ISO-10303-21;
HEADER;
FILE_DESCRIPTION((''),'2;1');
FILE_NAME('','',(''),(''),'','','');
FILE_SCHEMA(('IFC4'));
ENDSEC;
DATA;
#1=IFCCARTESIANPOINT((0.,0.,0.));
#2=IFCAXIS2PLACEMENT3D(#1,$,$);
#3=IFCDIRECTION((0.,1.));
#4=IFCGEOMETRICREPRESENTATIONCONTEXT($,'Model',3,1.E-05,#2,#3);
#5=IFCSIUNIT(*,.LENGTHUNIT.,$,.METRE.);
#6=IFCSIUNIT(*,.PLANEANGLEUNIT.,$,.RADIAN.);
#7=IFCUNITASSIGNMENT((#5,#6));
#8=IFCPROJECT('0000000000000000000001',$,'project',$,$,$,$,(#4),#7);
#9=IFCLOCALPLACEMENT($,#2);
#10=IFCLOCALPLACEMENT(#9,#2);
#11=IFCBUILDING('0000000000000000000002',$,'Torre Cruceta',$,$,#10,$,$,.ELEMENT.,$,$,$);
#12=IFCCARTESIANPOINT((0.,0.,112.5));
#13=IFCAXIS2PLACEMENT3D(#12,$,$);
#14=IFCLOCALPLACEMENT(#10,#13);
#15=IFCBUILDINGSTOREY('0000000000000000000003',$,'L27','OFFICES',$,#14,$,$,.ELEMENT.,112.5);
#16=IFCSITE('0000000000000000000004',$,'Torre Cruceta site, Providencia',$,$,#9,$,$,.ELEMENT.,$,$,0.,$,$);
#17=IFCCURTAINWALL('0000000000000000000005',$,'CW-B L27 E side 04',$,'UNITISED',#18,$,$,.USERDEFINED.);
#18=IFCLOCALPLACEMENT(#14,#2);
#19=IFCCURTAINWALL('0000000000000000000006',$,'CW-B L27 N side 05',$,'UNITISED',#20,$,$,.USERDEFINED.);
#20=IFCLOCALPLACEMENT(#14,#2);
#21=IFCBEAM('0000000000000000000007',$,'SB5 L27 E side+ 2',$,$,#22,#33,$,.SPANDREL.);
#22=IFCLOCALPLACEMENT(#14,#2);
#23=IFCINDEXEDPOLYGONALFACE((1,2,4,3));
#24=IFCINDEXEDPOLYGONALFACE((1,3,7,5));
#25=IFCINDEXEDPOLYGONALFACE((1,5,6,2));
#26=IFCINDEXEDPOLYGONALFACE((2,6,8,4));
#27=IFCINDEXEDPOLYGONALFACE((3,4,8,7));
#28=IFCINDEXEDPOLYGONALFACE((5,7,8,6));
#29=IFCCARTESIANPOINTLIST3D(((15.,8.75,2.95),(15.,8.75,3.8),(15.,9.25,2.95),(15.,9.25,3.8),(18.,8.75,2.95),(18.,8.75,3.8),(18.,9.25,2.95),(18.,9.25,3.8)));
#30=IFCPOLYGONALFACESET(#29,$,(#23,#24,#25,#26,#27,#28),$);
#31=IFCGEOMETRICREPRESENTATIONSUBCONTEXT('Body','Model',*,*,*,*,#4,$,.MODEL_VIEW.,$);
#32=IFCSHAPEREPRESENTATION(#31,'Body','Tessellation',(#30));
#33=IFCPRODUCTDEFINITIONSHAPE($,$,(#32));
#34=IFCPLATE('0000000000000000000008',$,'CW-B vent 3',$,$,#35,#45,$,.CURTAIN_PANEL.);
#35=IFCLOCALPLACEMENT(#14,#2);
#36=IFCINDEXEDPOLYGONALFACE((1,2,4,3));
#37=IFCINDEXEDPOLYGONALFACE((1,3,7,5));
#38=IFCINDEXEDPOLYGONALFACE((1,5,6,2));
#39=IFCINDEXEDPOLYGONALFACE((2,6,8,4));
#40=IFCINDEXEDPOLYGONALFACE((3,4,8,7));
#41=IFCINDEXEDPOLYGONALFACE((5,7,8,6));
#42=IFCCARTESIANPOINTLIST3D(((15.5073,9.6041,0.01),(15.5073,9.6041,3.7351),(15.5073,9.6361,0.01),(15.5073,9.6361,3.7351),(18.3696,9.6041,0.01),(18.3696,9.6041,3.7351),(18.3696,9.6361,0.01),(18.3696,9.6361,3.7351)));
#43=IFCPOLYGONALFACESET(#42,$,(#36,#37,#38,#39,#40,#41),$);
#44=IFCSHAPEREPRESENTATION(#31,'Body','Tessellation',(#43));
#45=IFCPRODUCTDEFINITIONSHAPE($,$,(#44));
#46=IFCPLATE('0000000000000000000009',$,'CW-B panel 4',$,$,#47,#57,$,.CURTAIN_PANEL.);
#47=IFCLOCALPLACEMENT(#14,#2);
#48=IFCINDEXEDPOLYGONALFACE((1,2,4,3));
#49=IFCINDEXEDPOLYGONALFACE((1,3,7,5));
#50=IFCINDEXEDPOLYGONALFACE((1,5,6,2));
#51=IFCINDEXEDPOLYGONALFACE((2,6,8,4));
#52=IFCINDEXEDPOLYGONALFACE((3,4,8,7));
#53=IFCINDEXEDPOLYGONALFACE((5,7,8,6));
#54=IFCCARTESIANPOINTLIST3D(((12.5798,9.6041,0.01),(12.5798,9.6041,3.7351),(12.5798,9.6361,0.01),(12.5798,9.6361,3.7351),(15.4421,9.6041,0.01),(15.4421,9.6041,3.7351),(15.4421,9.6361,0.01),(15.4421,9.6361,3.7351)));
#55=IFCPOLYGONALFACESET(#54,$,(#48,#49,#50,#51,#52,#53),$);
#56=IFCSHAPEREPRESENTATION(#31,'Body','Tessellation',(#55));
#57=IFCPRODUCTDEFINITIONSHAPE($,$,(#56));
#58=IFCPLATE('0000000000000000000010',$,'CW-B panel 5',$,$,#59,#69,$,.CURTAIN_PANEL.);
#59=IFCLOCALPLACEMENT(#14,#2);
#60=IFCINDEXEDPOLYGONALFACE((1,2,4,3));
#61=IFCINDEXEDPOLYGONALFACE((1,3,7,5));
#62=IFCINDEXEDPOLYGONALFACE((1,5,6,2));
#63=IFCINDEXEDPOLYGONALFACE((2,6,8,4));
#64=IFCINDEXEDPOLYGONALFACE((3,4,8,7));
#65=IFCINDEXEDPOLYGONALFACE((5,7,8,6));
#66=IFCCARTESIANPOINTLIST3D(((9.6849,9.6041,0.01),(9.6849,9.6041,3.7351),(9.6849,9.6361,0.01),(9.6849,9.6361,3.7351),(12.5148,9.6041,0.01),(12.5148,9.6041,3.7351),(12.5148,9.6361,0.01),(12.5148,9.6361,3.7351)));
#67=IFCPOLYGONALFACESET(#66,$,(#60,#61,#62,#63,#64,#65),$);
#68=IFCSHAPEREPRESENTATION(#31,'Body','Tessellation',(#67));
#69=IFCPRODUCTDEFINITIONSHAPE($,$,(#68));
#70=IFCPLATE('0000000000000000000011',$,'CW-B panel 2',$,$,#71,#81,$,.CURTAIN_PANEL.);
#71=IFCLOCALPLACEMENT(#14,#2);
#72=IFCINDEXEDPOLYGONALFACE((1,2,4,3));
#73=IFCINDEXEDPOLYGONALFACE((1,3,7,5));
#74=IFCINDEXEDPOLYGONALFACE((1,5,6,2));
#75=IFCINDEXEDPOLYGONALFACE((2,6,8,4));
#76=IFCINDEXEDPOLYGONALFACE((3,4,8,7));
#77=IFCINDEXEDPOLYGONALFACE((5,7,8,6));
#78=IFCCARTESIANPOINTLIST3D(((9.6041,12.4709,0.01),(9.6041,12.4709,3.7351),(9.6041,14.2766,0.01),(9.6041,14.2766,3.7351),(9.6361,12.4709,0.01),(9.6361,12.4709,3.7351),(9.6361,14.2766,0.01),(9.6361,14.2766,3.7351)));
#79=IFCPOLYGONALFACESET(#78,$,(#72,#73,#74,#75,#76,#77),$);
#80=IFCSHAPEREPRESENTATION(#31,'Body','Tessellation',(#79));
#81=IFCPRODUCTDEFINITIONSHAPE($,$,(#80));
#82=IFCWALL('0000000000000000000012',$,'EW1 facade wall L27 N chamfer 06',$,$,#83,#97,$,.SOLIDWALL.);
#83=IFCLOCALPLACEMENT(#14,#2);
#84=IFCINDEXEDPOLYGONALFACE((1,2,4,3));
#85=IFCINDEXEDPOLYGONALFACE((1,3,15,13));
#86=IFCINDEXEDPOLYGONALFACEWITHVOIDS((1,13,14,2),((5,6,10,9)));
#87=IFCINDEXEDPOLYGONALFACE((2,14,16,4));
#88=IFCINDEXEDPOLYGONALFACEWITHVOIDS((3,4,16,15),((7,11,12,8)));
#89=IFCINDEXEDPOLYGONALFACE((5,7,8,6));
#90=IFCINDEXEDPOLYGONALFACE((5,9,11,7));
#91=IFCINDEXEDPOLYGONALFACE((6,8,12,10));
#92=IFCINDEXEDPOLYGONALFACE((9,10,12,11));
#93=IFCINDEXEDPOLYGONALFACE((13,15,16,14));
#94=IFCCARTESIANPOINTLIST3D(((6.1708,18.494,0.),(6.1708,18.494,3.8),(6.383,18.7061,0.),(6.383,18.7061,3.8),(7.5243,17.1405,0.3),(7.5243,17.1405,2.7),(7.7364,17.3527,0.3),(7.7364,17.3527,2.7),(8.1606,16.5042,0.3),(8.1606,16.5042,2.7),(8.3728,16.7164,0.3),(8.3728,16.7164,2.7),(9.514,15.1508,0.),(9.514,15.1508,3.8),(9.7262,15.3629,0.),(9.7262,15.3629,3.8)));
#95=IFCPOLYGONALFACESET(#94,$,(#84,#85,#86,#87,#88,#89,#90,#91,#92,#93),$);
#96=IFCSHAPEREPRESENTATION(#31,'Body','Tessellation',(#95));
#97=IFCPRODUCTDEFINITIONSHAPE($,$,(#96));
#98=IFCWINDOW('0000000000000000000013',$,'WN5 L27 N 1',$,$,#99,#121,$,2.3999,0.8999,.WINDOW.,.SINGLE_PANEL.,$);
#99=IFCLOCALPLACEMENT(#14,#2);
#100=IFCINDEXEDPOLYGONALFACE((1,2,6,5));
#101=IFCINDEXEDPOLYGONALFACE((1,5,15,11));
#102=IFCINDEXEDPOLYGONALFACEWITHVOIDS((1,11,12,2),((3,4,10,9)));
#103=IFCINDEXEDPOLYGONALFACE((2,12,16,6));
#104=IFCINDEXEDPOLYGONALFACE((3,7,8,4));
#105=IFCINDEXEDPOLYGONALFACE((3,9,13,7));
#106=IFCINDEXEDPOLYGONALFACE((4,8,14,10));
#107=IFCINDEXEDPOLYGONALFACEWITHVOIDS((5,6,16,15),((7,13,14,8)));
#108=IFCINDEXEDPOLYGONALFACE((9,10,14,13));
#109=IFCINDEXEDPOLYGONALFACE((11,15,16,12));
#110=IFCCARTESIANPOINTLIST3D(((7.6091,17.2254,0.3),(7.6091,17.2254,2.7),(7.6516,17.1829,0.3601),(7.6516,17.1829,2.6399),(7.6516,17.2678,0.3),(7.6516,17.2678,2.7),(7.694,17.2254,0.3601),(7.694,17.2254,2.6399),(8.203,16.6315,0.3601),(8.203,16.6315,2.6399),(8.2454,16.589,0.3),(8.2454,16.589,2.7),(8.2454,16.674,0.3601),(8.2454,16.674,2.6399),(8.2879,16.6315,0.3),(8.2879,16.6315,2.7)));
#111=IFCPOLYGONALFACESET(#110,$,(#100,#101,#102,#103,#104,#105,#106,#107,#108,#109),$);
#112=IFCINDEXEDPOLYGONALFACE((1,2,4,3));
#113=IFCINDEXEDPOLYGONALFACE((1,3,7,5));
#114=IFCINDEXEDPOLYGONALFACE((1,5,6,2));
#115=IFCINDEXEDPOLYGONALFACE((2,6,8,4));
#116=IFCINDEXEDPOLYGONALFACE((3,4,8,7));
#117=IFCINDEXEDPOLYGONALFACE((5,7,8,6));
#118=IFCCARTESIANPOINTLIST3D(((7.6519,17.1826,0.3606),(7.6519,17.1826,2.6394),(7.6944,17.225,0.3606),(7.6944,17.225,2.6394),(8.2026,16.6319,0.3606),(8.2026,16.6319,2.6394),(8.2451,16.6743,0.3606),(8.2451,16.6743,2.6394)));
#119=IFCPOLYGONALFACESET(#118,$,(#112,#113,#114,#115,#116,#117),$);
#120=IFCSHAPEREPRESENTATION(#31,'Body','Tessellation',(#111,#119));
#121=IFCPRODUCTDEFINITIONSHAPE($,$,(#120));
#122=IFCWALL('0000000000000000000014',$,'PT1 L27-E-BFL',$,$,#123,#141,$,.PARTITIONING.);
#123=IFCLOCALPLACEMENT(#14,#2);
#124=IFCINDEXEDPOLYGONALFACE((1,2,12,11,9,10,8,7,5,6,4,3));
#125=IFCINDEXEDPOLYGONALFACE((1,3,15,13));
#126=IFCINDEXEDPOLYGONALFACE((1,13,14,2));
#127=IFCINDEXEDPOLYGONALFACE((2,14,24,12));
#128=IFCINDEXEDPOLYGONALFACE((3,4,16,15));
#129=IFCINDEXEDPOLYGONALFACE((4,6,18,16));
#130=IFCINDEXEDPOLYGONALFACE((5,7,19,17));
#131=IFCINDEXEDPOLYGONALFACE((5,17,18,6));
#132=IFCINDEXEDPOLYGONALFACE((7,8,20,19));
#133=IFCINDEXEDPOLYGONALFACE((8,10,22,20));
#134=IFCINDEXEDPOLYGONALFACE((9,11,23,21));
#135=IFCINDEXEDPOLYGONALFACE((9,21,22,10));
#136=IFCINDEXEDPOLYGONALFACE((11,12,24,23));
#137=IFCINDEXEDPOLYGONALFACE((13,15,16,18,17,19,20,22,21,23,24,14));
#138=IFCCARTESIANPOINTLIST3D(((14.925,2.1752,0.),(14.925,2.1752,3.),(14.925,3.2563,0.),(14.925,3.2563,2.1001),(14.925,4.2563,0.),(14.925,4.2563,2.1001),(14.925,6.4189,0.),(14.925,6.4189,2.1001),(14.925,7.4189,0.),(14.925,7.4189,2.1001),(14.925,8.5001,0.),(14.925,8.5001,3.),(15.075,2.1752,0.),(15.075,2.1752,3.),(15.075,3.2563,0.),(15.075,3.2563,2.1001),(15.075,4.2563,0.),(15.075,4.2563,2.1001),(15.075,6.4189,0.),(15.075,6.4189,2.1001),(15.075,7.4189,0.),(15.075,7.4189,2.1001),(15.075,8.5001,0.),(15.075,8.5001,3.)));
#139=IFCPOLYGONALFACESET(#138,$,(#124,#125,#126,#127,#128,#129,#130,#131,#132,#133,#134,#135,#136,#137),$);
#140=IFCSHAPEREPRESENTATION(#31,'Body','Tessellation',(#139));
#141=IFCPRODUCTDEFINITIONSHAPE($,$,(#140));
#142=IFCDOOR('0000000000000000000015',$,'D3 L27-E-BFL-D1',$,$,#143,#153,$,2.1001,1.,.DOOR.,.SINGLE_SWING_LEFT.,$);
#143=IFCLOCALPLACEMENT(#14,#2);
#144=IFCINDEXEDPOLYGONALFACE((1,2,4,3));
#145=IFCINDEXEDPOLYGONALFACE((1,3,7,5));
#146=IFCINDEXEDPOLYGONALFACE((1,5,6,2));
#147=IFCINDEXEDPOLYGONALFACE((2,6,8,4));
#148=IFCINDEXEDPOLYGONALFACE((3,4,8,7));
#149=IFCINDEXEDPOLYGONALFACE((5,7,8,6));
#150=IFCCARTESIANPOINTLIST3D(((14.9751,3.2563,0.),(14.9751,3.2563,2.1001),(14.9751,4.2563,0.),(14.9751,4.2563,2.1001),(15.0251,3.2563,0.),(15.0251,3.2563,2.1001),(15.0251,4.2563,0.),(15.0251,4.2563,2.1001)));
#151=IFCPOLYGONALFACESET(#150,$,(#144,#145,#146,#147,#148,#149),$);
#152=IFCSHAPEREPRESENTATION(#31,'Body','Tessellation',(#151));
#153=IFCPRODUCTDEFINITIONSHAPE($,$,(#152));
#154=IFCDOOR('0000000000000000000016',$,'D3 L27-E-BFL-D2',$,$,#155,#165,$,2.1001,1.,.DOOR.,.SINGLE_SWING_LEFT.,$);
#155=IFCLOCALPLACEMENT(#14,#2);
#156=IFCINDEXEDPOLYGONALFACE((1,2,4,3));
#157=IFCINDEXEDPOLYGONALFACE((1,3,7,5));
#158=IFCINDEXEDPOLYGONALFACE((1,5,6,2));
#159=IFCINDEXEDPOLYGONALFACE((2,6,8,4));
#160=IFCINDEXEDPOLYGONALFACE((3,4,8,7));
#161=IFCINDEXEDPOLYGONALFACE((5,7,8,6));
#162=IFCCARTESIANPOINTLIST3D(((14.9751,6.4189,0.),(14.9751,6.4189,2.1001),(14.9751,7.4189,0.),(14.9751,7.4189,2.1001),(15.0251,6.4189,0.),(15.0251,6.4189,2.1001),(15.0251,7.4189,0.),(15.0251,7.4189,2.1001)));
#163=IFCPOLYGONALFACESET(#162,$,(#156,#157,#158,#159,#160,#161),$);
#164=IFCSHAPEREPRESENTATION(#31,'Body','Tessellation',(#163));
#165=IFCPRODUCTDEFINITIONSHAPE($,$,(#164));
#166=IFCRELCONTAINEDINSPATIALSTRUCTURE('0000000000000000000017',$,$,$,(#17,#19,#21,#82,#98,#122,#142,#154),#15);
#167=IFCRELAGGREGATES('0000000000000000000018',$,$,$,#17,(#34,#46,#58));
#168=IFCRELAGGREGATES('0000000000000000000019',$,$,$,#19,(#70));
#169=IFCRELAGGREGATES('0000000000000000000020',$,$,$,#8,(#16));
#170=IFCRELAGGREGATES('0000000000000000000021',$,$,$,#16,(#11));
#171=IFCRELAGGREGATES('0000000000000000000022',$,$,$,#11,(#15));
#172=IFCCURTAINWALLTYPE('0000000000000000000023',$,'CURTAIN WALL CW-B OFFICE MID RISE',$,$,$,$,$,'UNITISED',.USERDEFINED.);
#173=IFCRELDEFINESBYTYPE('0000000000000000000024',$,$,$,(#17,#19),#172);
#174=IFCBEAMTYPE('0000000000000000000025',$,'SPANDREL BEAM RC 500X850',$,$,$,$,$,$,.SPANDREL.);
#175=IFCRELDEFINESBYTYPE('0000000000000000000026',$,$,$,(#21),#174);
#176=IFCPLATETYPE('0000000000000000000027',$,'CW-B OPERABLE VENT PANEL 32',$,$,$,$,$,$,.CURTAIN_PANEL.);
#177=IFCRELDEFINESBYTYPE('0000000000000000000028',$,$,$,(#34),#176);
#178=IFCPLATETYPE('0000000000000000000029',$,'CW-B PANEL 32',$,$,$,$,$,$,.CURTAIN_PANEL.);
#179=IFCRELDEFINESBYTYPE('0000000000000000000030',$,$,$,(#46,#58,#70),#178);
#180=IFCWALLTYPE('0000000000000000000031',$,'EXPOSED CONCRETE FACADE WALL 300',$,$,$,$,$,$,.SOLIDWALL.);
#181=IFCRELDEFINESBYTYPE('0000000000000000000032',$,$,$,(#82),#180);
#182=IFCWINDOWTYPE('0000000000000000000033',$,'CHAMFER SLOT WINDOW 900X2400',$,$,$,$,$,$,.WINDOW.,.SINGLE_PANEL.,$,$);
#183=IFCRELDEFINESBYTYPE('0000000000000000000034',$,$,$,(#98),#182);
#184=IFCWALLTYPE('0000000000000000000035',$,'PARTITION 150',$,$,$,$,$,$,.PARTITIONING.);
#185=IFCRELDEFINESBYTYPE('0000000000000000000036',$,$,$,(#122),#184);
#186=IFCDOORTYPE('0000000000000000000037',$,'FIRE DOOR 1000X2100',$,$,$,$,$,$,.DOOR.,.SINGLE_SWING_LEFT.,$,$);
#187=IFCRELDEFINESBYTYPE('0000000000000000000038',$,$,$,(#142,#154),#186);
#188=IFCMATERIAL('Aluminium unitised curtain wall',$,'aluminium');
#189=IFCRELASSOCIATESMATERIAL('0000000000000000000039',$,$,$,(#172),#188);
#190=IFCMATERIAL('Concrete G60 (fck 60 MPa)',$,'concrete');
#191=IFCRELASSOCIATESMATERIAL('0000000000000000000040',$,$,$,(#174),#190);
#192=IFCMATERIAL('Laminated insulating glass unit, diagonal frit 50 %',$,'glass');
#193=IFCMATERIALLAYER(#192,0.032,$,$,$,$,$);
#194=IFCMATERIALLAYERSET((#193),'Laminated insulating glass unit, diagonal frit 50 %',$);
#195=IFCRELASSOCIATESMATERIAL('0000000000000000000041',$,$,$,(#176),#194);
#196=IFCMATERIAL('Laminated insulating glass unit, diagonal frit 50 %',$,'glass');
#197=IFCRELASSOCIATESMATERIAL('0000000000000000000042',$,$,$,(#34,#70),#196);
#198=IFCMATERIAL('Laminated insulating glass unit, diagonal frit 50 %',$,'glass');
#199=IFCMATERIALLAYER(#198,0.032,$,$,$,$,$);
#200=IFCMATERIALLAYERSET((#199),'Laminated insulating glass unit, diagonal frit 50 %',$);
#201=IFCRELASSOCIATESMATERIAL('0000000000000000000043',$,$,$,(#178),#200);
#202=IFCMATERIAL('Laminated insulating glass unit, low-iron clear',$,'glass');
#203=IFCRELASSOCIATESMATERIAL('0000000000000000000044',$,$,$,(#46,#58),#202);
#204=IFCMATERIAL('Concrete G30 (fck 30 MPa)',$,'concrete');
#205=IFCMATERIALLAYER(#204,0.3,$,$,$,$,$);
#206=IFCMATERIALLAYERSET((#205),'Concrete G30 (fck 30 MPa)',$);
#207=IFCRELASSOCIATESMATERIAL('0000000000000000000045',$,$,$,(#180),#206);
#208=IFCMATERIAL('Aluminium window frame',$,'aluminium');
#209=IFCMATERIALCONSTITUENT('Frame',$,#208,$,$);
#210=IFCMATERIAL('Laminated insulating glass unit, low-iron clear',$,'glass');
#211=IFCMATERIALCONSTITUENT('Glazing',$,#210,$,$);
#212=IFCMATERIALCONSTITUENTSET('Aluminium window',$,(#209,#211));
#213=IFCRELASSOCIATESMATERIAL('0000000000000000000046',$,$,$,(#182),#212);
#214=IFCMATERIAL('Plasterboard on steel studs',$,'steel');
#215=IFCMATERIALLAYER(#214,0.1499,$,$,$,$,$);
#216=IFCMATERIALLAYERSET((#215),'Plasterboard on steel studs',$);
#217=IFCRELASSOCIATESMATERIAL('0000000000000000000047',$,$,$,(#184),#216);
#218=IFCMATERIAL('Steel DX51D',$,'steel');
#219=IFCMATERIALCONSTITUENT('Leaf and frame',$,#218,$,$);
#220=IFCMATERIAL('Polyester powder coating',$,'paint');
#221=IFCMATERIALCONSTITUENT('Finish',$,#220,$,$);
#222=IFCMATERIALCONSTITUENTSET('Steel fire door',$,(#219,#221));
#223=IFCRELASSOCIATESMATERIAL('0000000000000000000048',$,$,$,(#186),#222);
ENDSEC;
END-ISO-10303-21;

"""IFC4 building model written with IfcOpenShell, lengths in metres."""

from ifc_helpers import new_model, si_unit, direction, frame, frame_2d, origin, origin_2d, place, context, subcontext, project, spatial, rectangle, hollow_rectangle, extrude, material, layer, layer_set, constituent, constituent_set, material_profile, profile_set, type_object, element, fill, aggregate, save


model = new_model("IFC4")

# Units and contexts
model_context = context("Model", 3, precision=1e-05, world=origin(), true_north=direction((0.0, 1.0)))
body_context = subcontext(model_context, "Body", "Model", "MODEL_VIEW")
ifc_project = project(units=[si_unit("LENGTHUNIT", "METRE"), si_unit("PLANEANGLEUNIT", "RADIAN")], contexts=[model_context])

# Site, building, storey
site_placement = place(None, origin())
site = spatial("IfcSite", under=ifc_project, at=site_placement, Name="Torre Cruceta site, Providencia", CompositionType="ELEMENT", RefElevation=0.0)
building_placement = place(site_placement, origin())
building = spatial("IfcBuilding", under=site, at=building_placement, Name="Torre Cruceta", CompositionType="ELEMENT")
storey_placement = place(building_placement, frame((0.0, 0.0, 112.5)))
storey = spatial("IfcBuildingStorey", under=building, at=storey_placement, Name="L27", Description="OFFICES", CompositionType="ELEMENT", Elevation=112.5)

# Curtain wall
ifc_material_1 = material(Name="Aluminium unitised curtain wall", Category="aluminium")
curtain_wall_type = type_object("IfcCurtainWallType", Name="CURTAIN WALL CW-B OFFICE MID RISE", ElementType="UNITISED", PredefinedType="USERDEFINED", material=ifc_material_1)
curtain_wall_1_placement = place(storey_placement, origin())
curtain_wall_1 = element("IfcCurtainWall", 1, at=curtain_wall_1_placement, inside=storey, type_object=curtain_wall_type, Name="CW-B L27 E side 04", ObjectType="UNITISED", PredefinedType="USERDEFINED")

# Curtain wall
curtain_wall_2_placement = place(storey_placement, origin())
curtain_wall_2 = element("IfcCurtainWall", 2, at=curtain_wall_2_placement, inside=storey, type_object=curtain_wall_type, Name="CW-B L27 N side 05", ObjectType="UNITISED", PredefinedType="USERDEFINED")

# Beam
ifc_material_2 = material(Name="Concrete G60 (fck 60 MPa)", Category="concrete")
ifc_material_profile_1 = material_profile(ifc_material_2, rectangle(XDim=0.5, YDim=0.8501, at=origin_2d()), Name="RC 500X850")
ifc_profile_set_1 = profile_set([ifc_material_profile_1], Name="Concrete G60 (fck 60 MPa)")
beam_type_1 = type_object("IfcBeamType", Name="SPANDREL BEAM RC 500X850", PredefinedType="SPANDREL", material=ifc_profile_set_1)
beam_1_placement = place(storey_placement, frame((15.0, 9.0, 3.375), z_axis=(1.0, 0.0, 0.0), x_axis=(0.0, 1.0, 0.0)))
element("IfcBeam", 3, at=beam_1_placement, inside=storey, type_object=beam_type_1, Name="SB5 L27 E side+ 2", PredefinedType="SPANDREL", context=body_context, shape_type="SweptSolid", body=[
    extrude(rectangle(XDim=0.5, YDim=0.8501, at=origin_2d()), origin(), (0.0, 0.0, 1.0), 3.0),
])

# Plates
ifc_material_3 = material(Name="Laminated insulating glass unit, diagonal frit 50 %", Category="glass")
ifc_material_4 = material(Name="Laminated insulating glass unit, diagonal frit 50 %", Category="glass")
ifc_layer_1 = layer(ifc_material_4, 0.032)
ifc_layer_set_1 = layer_set([ifc_layer_1], Name="Laminated insulating glass unit, diagonal frit 50 %")
plate_type_1 = type_object("IfcPlateType", Name="CW-B OPERABLE VENT PANEL 32", PredefinedType="CURTAIN_PANEL", material=ifc_layer_set_1)
plate_1_placement = place(storey_placement, frame((16.9385, 9.6201, 0.01), z_axis=(0.0, 0.0, 1.0), x_axis=(-1.0, 0.0, 0.0)))
plate_1 = element("IfcPlate", 4, at=plate_1_placement, type_object=plate_type_1, material=ifc_material_3, Name="CW-B vent 3", PredefinedType="CURTAIN_PANEL", context=body_context, shape_type="SweptSolid", body=[
    extrude(rectangle(XDim=2.8623, YDim=0.032, at=origin_2d()), origin(), (0.0, 0.0, 1.0), 3.7251),
])
ifc_material_5 = material(Name="Laminated insulating glass unit, low-iron clear", Category="glass")
ifc_material_6 = material(Name="Laminated insulating glass unit, diagonal frit 50 %", Category="glass")
ifc_layer_2 = layer(ifc_material_6, 0.032)
ifc_layer_set_2 = layer_set([ifc_layer_2], Name="Laminated insulating glass unit, diagonal frit 50 %")
plate_type_2 = type_object("IfcPlateType", Name="CW-B PANEL 32", PredefinedType="CURTAIN_PANEL", material=ifc_layer_set_2)
plate_2_placement = place(storey_placement, frame((14.011, 9.6201, 0.01), z_axis=(0.0, 0.0, 1.0), x_axis=(-1.0, 0.0, 0.0)))
plate_2 = element("IfcPlate", 5, at=plate_2_placement, type_object=plate_type_2, material=ifc_material_5, Name="CW-B panel 4", PredefinedType="CURTAIN_PANEL", context=body_context, shape_type="SweptSolid", body=[
    extrude(rectangle(XDim=2.8623, YDim=0.032, at=origin_2d()), origin(), (0.0, 0.0, 1.0), 3.7251),
])
plate_3_placement = place(storey_placement, frame((11.0999, 9.6201, 0.01), z_axis=(0.0, 0.0, 1.0), x_axis=(-1.0, 0.0, 0.0)))
plate_3 = element("IfcPlate", 6, at=plate_3_placement, type_object=plate_type_2, material=ifc_material_5, Name="CW-B panel 5", PredefinedType="CURTAIN_PANEL", context=body_context, shape_type="SweptSolid", body=[
    extrude(rectangle(XDim=2.8298, YDim=0.032, at=origin_2d()), origin(), (0.0, 0.0, 1.0), 3.7251),
])
aggregate(curtain_wall_1, [plate_1, plate_2, plate_3])
plate_4_placement = place(storey_placement, frame((9.6201, 13.3738, 0.01), z_axis=(0.0, 0.0, 1.0), x_axis=(0.0, 1.0, 0.0)))
plate_4 = element("IfcPlate", 7, at=plate_4_placement, type_object=plate_type_2, material=ifc_material_3, Name="CW-B panel 2", PredefinedType="CURTAIN_PANEL", context=body_context, shape_type="SweptSolid", body=[
    extrude(rectangle(XDim=1.8057, YDim=0.032, at=origin_2d()), origin(), (0.0, 0.0, 1.0), 3.7251),
])
aggregate(curtain_wall_2, [plate_4])

# Wall, opening, window
ifc_material_7 = material(Name="Concrete G30 (fck 30 MPa)", Category="concrete")
ifc_layer_3 = layer(ifc_material_7, 0.3)
ifc_layer_set_3 = layer_set([ifc_layer_3], Name="Concrete G30 (fck 30 MPa)")
wall_type_1 = type_object("IfcWallType", Name="EXPOSED CONCRETE FACADE WALL 300", PredefinedType="SOLIDWALL", material=ifc_layer_set_3)
wall_1_placement = place(storey_placement, frame((9.6201, 15.2568, 0.0), z_axis=(0.0, 0.0, 1.0), x_axis=(-0.707107, 0.707107, 0.0)))
wall_1 = element("IfcWall", 8, at=wall_1_placement, inside=storey, type_object=wall_type_1, Name="EW1 facade wall L27 N chamfer 06", PredefinedType="SOLIDWALL", context=body_context, shape_type="SweptSolid", body=[
    extrude(rectangle(XDim=4.728, YDim=0.3, at=frame_2d((2.364, 0.0))), origin(), (0.0, 0.0, 1.0), 3.8),
])
opening_1_placement = place(wall_1_placement, frame((1.9141, 0.0, 0.3)))
opening_1 = element("IfcOpeningElement", 9, at=opening_1_placement, cuts=wall_1, PredefinedType="OPENING", context=body_context, shape_type="SweptSolid", body=[
    extrude(rectangle(XDim=0.8999, YDim=2.3999, at=frame_2d((0.45, 1.2))), frame((0.0, 0.1599, 0.0), z_axis=(0.0, -1.0, 0.0), x_axis=(1.0, 0.0, 0.0)), (0.0, 0.0, 1.0), 0.3201),
])
ifc_material_8 = material(Name="Aluminium window frame", Category="aluminium")
ifc_constituent_1 = constituent(ifc_material_8, Name="Frame")
ifc_material_9 = material(Name="Laminated insulating glass unit, low-iron clear", Category="glass")
ifc_constituent_2 = constituent(ifc_material_9, Name="Glazing")
ifc_constituent_set_1 = constituent_set(constituents=[ifc_constituent_1, ifc_constituent_2], Name="Aluminium window")
window_type = type_object("IfcWindowType", Name="CHAMFER SLOT WINDOW 900X2400", PartitioningType="SINGLE_PANEL", PredefinedType="WINDOW", material=ifc_constituent_set_1)
window_placement = place(opening_1_placement, origin())
window = element("IfcWindow", 10, at=window_placement, inside=storey, type_object=window_type, Name="WN5 L27 N 1", OverallHeight=2.3999, OverallWidth=0.8999, PartitioningType="SINGLE_PANEL", PredefinedType="WINDOW", context=body_context, shape_type="SweptSolid", body=[
    extrude(hollow_rectangle(XDim=0.8999, YDim=2.3999, WallThickness=0.0601, at=frame_2d((0.45, 1.2))), frame((0.0, 0.03, 0.0), z_axis=(0.0, -1.0, 0.0), x_axis=(1.0, 0.0, 0.0)), (0.0, 0.0, 1.0), 0.0601),
    extrude(rectangle(XDim=0.7788, YDim=2.2788, at=frame_2d((0.45, 1.2))), frame((0.0, 0.03, 0.0), z_axis=(0.0, -1.0, 0.0), x_axis=(1.0, 0.0, 0.0)), (0.0, 0.0, 1.0), 0.0601),
])
fill(opening_1, window)

# Wall, openings, doors
ifc_material_10 = material(Name="Plasterboard on steel studs", Category="steel")
ifc_layer_4 = layer(ifc_material_10, 0.1499)
ifc_layer_set_4 = layer_set([ifc_layer_4], Name="Plasterboard on steel studs")
wall_type_2 = type_object("IfcWallType", Name="PARTITION 150", PredefinedType="PARTITIONING", material=ifc_layer_set_4)
wall_2_placement = place(storey_placement, frame((15.0, 2.175, 0.0), z_axis=(0.0, 0.0, 1.0), x_axis=(0.0, 1.0, 0.0)))
wall_2 = element("IfcWall", 11, at=wall_2_placement, inside=storey, type_object=wall_type_2, Name="PT1 L27-E-BFL", PredefinedType="PARTITIONING", context=body_context, shape_type="SweptSolid", body=[
    extrude(rectangle(XDim=6.325, YDim=0.1499, at=frame_2d((3.1626, 0.0))), origin(), (0.0, 0.0, 1.0), 3.0),
])
opening_2_placement = place(wall_2_placement, frame((1.0813, 0.0, 0.0)))
opening_2 = element("IfcOpeningElement", 12, at=opening_2_placement, cuts=wall_2, PredefinedType="OPENING", context=body_context, shape_type="SweptSolid", body=[
    extrude(rectangle(XDim=1.0, YDim=2.1001, at=frame_2d((0.5, 1.05))), frame((0.0, 0.085, 0.0), z_axis=(0.0, -1.0, 0.0), x_axis=(1.0, 0.0, 0.0)), (0.0, 0.0, 1.0), 0.1699),
])
opening_3_placement = place(wall_2_placement, frame((4.2439, 0.0, 0.0)))
opening_3 = element("IfcOpeningElement", 13, at=opening_3_placement, cuts=wall_2, PredefinedType="OPENING", context=body_context, shape_type="SweptSolid", body=[
    extrude(rectangle(XDim=1.0, YDim=2.1001, at=frame_2d((0.5, 1.05))), frame((0.0, 0.085, 0.0), z_axis=(0.0, -1.0, 0.0), x_axis=(1.0, 0.0, 0.0)), (0.0, 0.0, 1.0), 0.1699),
])
ifc_material_11 = material(Name="Steel DX51D", Category="steel")
ifc_constituent_3 = constituent(ifc_material_11, Name="Leaf and frame")
ifc_material_12 = material(Name="Polyester powder coating", Category="paint")
ifc_constituent_4 = constituent(ifc_material_12, Name="Finish")
ifc_constituent_set_2 = constituent_set(constituents=[ifc_constituent_3, ifc_constituent_4], Name="Steel fire door")
door_type = type_object("IfcDoorType", Name="FIRE DOOR 1000X2100", OperationType="SINGLE_SWING_LEFT", PredefinedType="DOOR", material=ifc_constituent_set_2)
door_1_placement = place(opening_2_placement, origin())
door_1 = element("IfcDoor", 14, at=door_1_placement, inside=storey, type_object=door_type, Name="D3 L27-E-BFL-D1", OperationType="SINGLE_SWING_LEFT", OverallHeight=2.1001, OverallWidth=1.0, PredefinedType="DOOR", context=body_context, shape_type="SweptSolid", body=[
    extrude(rectangle(XDim=1.0, YDim=2.1001, at=frame_2d((0.5, 1.05))), frame((0.0, 0.0249, 0.0), z_axis=(0.0, -1.0, 0.0), x_axis=(1.0, 0.0, 0.0)), (0.0, 0.0, 1.0), 0.05),
])
fill(opening_2, door_1)
door_2_placement = place(opening_3_placement, origin())
door_2 = element("IfcDoor", 15, at=door_2_placement, inside=storey, type_object=door_type, Name="D3 L27-E-BFL-D2", OperationType="SINGLE_SWING_LEFT", OverallHeight=2.1001, OverallWidth=1.0, PredefinedType="DOOR", context=body_context, shape_type="SweptSolid", body=[
    extrude(rectangle(XDim=1.0, YDim=2.1001, at=frame_2d((0.5, 1.05))), frame((0.0, 0.0249, 0.0), z_axis=(0.0, -1.0, 0.0), x_axis=(1.0, 0.0, 0.0)), (0.0, 0.0, 1.0), 0.05),
])
fill(opening_3, door_2)

save(model, "model.ifc")
